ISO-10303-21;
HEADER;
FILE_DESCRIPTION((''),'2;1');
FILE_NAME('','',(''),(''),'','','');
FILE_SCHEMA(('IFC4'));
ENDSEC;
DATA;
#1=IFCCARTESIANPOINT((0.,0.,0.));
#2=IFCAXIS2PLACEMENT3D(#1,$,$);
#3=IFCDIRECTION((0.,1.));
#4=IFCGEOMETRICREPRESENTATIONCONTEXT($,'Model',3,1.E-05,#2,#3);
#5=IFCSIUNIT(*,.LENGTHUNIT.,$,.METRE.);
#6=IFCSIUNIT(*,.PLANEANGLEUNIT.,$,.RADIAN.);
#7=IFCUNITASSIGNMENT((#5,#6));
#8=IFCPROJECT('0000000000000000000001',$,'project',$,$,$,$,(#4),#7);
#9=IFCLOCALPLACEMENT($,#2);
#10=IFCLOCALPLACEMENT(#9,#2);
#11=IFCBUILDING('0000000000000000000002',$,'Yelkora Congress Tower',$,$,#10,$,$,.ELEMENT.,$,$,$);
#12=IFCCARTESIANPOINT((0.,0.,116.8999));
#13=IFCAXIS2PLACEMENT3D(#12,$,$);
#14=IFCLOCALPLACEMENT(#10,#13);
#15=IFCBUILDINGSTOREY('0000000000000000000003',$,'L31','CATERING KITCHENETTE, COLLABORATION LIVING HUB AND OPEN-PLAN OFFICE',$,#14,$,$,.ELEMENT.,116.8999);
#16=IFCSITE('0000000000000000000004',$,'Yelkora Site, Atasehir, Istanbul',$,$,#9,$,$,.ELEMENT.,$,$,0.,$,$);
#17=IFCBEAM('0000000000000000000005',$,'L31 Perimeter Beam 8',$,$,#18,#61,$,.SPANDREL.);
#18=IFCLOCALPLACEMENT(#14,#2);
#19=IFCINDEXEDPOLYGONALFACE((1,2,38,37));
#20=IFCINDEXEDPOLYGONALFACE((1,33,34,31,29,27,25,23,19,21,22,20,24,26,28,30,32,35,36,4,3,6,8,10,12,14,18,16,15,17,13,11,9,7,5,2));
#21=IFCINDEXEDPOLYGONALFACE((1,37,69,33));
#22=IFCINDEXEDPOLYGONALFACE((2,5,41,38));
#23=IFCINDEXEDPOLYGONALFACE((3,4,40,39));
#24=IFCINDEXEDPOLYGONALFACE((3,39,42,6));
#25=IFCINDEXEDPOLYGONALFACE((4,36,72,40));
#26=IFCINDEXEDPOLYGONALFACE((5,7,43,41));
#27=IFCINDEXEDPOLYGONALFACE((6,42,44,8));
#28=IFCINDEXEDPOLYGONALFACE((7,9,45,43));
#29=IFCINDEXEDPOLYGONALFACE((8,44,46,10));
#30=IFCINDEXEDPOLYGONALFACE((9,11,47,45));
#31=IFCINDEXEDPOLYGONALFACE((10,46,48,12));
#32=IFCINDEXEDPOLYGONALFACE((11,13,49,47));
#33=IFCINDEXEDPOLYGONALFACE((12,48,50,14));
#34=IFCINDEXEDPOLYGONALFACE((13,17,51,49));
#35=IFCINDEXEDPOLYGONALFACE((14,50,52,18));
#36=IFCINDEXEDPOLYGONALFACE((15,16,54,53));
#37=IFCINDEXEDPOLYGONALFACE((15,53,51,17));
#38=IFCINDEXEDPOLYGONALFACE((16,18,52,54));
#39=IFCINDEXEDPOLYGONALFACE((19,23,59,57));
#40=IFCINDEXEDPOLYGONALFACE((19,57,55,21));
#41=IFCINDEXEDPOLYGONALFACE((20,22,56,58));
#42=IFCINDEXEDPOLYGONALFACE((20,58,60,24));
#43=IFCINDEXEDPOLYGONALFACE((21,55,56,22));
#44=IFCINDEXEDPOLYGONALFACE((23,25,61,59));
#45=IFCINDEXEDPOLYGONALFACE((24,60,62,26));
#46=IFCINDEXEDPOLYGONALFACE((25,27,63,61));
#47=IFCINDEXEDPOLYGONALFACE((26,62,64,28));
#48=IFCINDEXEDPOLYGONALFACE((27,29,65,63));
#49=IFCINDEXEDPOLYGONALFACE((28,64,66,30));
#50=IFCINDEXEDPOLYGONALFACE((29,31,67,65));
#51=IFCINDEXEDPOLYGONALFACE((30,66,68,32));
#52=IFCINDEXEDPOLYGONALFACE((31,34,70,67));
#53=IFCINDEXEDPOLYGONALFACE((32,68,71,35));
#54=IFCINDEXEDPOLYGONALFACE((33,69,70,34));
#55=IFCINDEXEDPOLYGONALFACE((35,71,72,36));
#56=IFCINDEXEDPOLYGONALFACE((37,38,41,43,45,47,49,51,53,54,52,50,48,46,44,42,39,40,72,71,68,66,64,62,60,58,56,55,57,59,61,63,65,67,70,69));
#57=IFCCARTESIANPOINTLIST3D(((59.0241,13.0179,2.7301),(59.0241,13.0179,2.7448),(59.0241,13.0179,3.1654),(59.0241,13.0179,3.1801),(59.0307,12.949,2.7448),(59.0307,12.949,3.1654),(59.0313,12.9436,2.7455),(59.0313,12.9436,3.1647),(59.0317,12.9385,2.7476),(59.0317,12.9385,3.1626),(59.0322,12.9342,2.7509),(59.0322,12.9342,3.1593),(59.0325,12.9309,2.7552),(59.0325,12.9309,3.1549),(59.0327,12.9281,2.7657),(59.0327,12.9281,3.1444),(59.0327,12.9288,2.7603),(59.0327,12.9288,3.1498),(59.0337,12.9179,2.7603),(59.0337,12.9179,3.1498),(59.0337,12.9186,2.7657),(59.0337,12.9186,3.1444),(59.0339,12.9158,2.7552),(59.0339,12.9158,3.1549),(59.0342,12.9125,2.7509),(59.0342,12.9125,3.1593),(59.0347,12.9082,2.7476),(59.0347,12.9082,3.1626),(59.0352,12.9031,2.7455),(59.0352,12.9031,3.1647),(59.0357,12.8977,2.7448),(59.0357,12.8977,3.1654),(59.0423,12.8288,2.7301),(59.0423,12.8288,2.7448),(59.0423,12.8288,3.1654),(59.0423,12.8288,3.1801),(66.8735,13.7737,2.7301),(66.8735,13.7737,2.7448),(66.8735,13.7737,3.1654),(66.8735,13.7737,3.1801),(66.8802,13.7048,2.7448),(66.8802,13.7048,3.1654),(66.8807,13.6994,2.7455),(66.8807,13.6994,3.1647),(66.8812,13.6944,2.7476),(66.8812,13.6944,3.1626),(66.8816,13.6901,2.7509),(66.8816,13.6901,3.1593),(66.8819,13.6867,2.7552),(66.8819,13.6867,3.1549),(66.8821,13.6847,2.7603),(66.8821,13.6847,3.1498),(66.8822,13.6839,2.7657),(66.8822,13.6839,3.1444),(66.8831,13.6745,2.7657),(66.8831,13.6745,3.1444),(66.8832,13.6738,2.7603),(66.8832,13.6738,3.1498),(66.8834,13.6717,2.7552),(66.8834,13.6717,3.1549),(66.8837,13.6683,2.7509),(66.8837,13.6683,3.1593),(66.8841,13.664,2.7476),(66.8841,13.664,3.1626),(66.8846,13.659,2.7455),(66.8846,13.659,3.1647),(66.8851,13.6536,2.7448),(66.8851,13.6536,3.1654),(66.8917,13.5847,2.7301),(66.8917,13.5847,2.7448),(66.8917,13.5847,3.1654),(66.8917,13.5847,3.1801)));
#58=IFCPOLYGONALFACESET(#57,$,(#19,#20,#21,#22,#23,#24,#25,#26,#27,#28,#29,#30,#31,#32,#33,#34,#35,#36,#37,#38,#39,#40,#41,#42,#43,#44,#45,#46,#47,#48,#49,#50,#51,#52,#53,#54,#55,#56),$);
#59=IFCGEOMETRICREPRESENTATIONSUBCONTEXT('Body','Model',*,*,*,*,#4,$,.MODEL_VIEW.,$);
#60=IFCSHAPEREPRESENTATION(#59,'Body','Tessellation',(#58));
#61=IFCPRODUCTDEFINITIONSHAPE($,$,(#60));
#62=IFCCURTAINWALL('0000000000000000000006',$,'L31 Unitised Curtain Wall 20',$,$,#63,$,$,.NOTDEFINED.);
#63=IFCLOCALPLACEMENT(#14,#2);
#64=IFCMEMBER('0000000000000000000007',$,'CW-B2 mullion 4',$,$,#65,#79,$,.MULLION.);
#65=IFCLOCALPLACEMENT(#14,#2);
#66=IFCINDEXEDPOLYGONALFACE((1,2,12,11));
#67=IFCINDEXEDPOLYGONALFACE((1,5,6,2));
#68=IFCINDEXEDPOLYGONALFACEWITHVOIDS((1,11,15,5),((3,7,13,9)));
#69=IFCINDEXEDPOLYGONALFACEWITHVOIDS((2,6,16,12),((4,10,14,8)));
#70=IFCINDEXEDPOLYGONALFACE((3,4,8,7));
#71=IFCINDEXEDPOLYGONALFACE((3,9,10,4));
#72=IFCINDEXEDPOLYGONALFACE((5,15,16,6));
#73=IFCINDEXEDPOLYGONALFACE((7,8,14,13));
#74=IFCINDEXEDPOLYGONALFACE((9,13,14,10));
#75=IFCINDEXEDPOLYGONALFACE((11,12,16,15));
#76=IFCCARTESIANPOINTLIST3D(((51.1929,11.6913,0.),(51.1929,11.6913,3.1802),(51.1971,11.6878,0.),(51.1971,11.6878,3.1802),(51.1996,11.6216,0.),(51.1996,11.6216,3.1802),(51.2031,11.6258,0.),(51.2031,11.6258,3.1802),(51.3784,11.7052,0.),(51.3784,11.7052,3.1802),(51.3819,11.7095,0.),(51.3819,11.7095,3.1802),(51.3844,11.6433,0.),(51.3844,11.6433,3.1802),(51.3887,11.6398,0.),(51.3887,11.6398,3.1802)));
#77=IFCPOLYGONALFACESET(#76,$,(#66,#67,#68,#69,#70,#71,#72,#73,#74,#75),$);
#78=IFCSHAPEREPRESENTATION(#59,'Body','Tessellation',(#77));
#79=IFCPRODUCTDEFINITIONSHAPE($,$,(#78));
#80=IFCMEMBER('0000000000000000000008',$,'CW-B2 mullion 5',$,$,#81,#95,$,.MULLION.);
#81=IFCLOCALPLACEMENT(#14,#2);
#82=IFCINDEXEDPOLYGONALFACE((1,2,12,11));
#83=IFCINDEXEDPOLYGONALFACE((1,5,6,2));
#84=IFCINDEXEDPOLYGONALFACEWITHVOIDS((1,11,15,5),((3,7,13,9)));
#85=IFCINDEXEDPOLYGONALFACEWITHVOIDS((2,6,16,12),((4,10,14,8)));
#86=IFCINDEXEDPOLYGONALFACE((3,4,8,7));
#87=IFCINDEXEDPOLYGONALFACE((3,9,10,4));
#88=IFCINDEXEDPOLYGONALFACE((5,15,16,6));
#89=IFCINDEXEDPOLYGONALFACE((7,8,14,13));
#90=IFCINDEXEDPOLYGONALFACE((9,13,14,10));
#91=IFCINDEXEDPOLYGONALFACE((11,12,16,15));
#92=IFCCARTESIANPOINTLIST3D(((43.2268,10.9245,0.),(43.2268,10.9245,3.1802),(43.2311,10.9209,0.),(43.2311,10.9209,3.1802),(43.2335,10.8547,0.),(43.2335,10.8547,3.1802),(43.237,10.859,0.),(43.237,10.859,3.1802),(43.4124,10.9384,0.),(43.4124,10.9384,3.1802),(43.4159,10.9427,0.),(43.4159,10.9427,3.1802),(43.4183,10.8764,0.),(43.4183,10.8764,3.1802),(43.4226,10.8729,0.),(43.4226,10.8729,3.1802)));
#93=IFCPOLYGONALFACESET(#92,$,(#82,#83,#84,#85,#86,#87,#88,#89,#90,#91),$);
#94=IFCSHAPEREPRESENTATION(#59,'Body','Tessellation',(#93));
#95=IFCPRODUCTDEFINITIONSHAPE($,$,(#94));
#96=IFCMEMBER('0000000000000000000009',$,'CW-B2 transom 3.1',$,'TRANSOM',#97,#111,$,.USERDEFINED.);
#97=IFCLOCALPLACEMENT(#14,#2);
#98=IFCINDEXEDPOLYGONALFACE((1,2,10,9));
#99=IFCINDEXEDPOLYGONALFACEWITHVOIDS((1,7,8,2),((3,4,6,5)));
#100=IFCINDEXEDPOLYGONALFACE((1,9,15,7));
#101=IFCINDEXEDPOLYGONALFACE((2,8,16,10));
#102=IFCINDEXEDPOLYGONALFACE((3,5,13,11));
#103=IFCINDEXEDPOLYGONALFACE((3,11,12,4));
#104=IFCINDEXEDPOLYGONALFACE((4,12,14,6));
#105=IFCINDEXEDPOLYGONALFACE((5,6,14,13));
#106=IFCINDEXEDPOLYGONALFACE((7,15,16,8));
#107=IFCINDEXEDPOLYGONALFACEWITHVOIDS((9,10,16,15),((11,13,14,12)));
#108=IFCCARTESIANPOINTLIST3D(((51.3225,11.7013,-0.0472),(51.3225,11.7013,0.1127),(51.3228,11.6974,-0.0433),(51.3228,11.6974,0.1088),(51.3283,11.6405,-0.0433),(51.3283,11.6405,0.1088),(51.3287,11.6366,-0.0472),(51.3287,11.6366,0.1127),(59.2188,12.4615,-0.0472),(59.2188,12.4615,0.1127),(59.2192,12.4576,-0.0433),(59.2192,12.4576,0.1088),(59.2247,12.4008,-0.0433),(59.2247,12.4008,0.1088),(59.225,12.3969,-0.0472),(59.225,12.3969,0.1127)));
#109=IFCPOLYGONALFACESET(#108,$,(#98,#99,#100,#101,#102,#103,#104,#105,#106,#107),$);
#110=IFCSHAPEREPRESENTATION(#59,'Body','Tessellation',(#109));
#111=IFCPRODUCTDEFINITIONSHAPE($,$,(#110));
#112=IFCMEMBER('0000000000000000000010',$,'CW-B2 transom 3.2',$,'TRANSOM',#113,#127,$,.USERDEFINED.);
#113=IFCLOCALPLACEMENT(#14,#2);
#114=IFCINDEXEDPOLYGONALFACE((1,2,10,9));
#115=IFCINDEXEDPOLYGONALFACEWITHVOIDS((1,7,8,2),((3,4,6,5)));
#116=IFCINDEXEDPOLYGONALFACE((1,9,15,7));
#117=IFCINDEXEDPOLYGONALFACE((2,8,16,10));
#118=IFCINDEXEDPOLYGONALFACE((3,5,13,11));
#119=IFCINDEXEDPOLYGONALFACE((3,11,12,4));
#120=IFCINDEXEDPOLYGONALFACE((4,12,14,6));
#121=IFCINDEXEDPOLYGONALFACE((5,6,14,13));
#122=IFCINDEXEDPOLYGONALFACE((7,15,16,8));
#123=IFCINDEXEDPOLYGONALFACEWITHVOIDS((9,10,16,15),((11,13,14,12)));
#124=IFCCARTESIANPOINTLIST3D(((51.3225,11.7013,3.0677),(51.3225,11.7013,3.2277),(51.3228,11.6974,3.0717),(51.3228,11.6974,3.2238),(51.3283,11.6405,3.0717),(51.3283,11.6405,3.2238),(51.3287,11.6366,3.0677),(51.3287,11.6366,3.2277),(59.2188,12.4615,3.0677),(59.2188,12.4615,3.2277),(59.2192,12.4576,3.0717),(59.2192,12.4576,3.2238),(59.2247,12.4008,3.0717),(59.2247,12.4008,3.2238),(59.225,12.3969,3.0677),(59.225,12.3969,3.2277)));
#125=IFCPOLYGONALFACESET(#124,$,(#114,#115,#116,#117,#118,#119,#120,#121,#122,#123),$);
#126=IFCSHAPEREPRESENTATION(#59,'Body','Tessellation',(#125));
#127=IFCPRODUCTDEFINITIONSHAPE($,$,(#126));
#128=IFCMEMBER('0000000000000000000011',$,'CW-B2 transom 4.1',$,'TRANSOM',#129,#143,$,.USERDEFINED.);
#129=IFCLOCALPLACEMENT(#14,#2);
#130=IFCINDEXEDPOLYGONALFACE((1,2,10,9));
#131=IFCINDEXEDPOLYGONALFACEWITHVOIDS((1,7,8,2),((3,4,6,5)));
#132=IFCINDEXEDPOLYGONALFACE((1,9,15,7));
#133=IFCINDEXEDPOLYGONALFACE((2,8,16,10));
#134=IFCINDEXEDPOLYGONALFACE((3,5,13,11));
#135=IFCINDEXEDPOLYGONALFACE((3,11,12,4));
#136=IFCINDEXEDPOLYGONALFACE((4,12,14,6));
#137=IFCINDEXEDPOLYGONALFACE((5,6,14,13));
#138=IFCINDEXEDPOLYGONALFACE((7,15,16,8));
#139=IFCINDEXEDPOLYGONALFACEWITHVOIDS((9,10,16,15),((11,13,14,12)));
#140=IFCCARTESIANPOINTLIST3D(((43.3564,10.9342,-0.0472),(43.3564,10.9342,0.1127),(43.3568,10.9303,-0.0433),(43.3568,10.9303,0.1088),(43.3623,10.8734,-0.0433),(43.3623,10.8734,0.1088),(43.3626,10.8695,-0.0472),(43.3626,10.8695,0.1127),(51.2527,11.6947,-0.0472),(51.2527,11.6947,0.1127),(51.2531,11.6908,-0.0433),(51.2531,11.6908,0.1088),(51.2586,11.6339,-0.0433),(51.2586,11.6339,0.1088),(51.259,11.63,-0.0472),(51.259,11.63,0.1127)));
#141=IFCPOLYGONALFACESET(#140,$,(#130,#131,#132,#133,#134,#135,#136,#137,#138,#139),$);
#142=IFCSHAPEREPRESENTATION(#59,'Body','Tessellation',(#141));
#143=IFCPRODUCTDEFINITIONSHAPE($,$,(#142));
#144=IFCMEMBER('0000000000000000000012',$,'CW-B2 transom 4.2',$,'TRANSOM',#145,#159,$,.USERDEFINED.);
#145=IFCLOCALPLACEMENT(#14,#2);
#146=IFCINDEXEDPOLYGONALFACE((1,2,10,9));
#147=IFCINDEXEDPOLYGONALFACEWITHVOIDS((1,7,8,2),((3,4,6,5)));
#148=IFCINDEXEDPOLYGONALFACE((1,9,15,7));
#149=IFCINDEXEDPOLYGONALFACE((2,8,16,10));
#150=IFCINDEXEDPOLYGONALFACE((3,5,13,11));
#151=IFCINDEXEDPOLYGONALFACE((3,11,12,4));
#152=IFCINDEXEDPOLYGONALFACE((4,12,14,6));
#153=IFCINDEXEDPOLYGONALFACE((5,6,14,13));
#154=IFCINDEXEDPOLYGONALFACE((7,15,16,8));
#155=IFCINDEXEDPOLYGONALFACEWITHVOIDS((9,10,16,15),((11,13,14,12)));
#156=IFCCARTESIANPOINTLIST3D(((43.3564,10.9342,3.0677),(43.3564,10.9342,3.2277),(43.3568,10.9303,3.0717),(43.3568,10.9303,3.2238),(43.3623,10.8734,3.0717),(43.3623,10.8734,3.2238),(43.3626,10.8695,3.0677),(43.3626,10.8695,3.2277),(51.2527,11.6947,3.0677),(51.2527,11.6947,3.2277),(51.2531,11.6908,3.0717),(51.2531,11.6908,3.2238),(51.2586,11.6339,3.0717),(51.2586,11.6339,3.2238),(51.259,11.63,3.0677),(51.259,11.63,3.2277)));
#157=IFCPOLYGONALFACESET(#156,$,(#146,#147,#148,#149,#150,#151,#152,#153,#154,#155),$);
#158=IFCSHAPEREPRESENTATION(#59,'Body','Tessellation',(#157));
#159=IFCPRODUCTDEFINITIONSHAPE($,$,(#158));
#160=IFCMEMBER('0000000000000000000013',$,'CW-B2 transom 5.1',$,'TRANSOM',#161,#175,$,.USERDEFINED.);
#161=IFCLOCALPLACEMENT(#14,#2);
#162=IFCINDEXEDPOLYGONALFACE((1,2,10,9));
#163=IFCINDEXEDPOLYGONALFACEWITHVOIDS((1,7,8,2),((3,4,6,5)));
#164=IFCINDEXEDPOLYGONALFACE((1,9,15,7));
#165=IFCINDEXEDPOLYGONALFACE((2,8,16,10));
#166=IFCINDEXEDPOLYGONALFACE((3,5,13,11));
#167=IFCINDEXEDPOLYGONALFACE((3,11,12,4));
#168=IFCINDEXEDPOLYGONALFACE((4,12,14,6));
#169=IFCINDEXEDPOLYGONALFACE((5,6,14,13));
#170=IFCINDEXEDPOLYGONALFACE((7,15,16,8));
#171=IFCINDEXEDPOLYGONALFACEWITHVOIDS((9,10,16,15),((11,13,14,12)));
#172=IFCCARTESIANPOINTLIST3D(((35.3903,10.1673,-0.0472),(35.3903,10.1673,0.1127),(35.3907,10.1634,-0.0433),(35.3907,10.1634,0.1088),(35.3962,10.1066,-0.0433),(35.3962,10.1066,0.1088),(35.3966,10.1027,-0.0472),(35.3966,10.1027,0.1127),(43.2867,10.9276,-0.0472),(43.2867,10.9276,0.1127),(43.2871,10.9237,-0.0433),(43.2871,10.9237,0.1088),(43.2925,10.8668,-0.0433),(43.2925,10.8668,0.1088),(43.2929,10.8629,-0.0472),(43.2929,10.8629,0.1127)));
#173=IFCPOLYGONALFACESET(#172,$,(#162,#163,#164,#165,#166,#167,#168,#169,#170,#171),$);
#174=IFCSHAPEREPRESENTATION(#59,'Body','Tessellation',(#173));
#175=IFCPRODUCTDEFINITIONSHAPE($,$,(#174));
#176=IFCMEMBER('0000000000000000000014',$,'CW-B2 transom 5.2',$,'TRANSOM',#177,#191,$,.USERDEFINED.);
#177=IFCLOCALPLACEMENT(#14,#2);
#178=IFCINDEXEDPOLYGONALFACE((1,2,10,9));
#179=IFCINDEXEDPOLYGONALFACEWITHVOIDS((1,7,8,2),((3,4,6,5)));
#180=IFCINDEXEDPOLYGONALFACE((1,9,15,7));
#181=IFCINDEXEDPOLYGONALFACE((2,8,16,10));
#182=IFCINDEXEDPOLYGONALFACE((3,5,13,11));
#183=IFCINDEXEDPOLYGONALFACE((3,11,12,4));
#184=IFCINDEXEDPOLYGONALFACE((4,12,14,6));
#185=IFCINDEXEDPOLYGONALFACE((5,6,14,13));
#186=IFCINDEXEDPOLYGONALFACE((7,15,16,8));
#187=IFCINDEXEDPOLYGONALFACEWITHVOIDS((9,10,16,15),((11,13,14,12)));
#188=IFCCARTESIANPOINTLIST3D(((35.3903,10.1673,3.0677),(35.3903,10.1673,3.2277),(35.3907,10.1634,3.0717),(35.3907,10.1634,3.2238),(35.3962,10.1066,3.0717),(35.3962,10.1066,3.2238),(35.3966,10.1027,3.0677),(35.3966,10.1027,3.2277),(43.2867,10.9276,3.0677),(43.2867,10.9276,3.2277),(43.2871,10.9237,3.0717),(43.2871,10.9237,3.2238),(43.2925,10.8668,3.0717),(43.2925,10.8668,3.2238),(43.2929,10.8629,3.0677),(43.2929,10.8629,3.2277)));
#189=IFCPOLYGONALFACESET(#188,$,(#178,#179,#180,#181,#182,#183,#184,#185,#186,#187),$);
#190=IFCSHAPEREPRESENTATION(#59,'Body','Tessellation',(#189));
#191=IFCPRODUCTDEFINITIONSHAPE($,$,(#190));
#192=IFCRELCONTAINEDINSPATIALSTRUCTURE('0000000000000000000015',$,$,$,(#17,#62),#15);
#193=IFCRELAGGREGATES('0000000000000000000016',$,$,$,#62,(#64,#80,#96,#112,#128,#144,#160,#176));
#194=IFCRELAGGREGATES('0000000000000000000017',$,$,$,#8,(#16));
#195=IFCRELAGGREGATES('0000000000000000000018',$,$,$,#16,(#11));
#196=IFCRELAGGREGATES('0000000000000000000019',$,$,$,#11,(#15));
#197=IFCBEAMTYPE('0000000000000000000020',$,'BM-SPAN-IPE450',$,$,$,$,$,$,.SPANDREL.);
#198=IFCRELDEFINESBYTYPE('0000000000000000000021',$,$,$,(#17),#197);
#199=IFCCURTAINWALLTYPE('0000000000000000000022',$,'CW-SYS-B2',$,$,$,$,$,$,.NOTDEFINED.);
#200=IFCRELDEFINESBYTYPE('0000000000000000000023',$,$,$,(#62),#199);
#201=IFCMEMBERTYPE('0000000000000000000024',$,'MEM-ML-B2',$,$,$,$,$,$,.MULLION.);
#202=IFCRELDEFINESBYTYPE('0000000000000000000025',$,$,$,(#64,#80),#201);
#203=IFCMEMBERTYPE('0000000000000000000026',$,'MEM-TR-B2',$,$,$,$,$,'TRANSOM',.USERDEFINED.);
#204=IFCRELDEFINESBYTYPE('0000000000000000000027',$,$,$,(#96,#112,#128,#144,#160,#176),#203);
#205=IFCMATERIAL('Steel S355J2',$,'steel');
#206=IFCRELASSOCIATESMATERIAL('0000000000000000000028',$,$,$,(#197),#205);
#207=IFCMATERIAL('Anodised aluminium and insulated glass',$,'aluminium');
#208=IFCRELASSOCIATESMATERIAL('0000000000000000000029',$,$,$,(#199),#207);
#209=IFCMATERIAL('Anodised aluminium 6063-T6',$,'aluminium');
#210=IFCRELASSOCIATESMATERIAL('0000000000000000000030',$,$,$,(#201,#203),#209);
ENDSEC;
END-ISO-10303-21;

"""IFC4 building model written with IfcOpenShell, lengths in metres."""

from ifc_helpers import new_model, si_unit, direction, frame, origin, origin_2d, place, context, subcontext, project, spatial, hollow_rectangle, i_section, extrude, material, material_profile, profile_set, type_object, element, aggregate, save


model = new_model("IFC4")

# Units and contexts
model_context = context("Model", 3, precision=1e-05, world=origin(), true_north=direction((0.0, 1.0)))
body_context = subcontext(model_context, "Body", "Model", "MODEL_VIEW")
ifc_project = project(units=[si_unit("LENGTHUNIT", "METRE"), si_unit("PLANEANGLEUNIT", "RADIAN")], contexts=[model_context])

# Site, building, storey
site_placement = place(None, origin())
site = spatial("IfcSite", under=ifc_project, at=site_placement, Name="Yelkora Site, Atasehir, Istanbul", CompositionType="ELEMENT", RefElevation=0.0)
building_placement = place(site_placement, origin())
building = spatial("IfcBuilding", under=site, at=building_placement, Name="Yelkora Congress Tower", CompositionType="ELEMENT")
storey_placement = place(building_placement, frame((0.0, 0.0, 116.8999)))
storey = spatial("IfcBuildingStorey", under=building, at=storey_placement, Name="L31", Description="CATERING KITCHENETTE, COLLABORATION LIVING HUB AND OPEN-PLAN OFFICE", CompositionType="ELEMENT", Elevation=116.8999)

# Beam
ifc_material_1 = material(Name="Steel S355J2", Category="steel")
ifc_material_profile_1 = material_profile(ifc_material_1, i_section(OverallWidth=0.1899, OverallDepth=0.45, WebThickness=0.0095, FlangeThickness=0.0146, FilletRadius=0.021, at=origin_2d()), Name="IPE 450")
ifc_profile_set_1 = profile_set([ifc_material_profile_1], Name="Steel S355J2")
beam_type_1 = type_object("IfcBeamType", Name="BM-SPAN-IPE450", PredefinedType="SPANDREL", material=ifc_profile_set_1)
beam_1_placement = place(storey_placement, frame((59.0332, 12.9233, 2.9551), z_axis=(0.995396, 0.095852, 0.0), x_axis=(-0.095852, 0.995396, 0.0)))
element("IfcBeam", 1, at=beam_1_placement, inside=storey, type_object=beam_type_1, Name="L31 Perimeter Beam 8", PredefinedType="SPANDREL", context=body_context, shape_type="SweptSolid", body=[
    extrude(i_section(OverallWidth=0.1899, OverallDepth=0.45, WebThickness=0.0095, FlangeThickness=0.0146, FilletRadius=0.021, at=origin_2d()), origin(), (0.0, 0.0, 1.0), 7.8857),
])

# Curtain wall, members
ifc_material_2 = material(Name="Anodised aluminium and insulated glass", Category="aluminium")
curtain_wall_type = type_object("IfcCurtainWallType", Name="CW-SYS-B2", PredefinedType="NOTDEFINED", material=ifc_material_2)
curtain_wall_placement = place(storey_placement, origin())
curtain_wall = element("IfcCurtainWall", 2, at=curtain_wall_placement, inside=storey, type_object=curtain_wall_type, Name="L31 Unitised Curtain Wall 20", PredefinedType="NOTDEFINED")
ifc_material_3 = material(Name="Anodised aluminium 6063-T6", Category="aluminium")
ifc_material_profile_2 = material_profile(ifc_material_3, hollow_rectangle(XDim=0.0701, YDim=0.1899, WallThickness=0.0039, at=origin_2d()), Name="ALU 70x190x4")
ifc_profile_set_2 = profile_set([ifc_material_profile_2], Name="Anodised aluminium 6063-T6")
member_type_1 = type_object("IfcMemberType", Name="MEM-ML-B2", PredefinedType="MULLION", material=ifc_profile_set_2)
member_1_placement = place(storey_placement, frame((51.2908, 11.6655, 0.0), z_axis=(0.0, 0.0, 1.0), x_axis=(0.095844, -0.995396, 0.0)))
member_1 = element("IfcMember", 3, at=member_1_placement, type_object=member_type_1, Name="CW-B2 mullion 4", PredefinedType="MULLION", context=body_context, shape_type="SweptSolid", body=[
    extrude(hollow_rectangle(XDim=0.0701, YDim=0.1899, WallThickness=0.0039, at=origin_2d()), origin(), (0.0, 0.0, 1.0), 3.1802),
])
member_2_placement = place(storey_placement, frame((43.3247, 10.8987, 0.0), z_axis=(0.0, 0.0, 1.0), x_axis=(0.095844, -0.995396, 0.0)))
member_2 = element("IfcMember", 4, at=member_2_placement, type_object=member_type_1, Name="CW-B2 mullion 5", PredefinedType="MULLION", context=body_context, shape_type="SweptSolid", body=[
    extrude(hollow_rectangle(XDim=0.0701, YDim=0.1899, WallThickness=0.0039, at=origin_2d()), origin(), (0.0, 0.0, 1.0), 3.1802),
])
ifc_material_profile_3 = material_profile(ifc_material_3, hollow_rectangle(XDim=0.0649, YDim=0.1599, WallThickness=0.0039, at=origin_2d()), Name="ALU 65x160x4")
ifc_profile_set_3 = profile_set([ifc_material_profile_3], Name="Anodised aluminium 6063-T6")
member_type_2 = type_object("IfcMemberType", Name="MEM-TR-B2", ElementType="TRANSOM", PredefinedType="USERDEFINED", material=ifc_profile_set_3)
member_3_placement = place(storey_placement, frame((59.2219, 12.4292, 0.0327), z_axis=(-0.995397, -0.095837, 0.0), x_axis=(0.095837, -0.995397, 0.0)))
member_3 = element("IfcMember", 5, at=member_3_placement, type_object=member_type_2, Name="CW-B2 transom 3.1", ObjectType="TRANSOM", PredefinedType="USERDEFINED", context=body_context, shape_type="SweptSolid", body=[
    extrude(hollow_rectangle(XDim=0.0649, YDim=0.1599, WallThickness=0.0039, at=origin_2d()), origin(), (0.0, 0.0, 1.0), 7.9329),
])
member_4_placement = place(storey_placement, frame((59.2219, 12.4292, 3.1477), z_axis=(-0.995397, -0.095837, 0.0), x_axis=(0.095837, -0.995397, 0.0)))
member_4 = element("IfcMember", 6, at=member_4_placement, type_object=member_type_2, Name="CW-B2 transom 3.2", ObjectType="TRANSOM", PredefinedType="USERDEFINED", context=body_context, shape_type="SweptSolid", body=[
    extrude(hollow_rectangle(XDim=0.0649, YDim=0.1599, WallThickness=0.0039, at=origin_2d()), origin(), (0.0, 0.0, 1.0), 7.9329),
])
member_5_placement = place(storey_placement, frame((51.2559, 11.6624, 0.0327), z_axis=(-0.995394, -0.095868, 0.0), x_axis=(0.095868, -0.995394, 0.0)))
member_5 = element("IfcMember", 7, at=member_5_placement, type_object=member_type_2, Name="CW-B2 transom 4.1", ObjectType="TRANSOM", PredefinedType="USERDEFINED", context=body_context, shape_type="SweptSolid", body=[
    extrude(hollow_rectangle(XDim=0.0649, YDim=0.1599, WallThickness=0.0039, at=origin_2d()), origin(), (0.0, 0.0, 1.0), 7.9329),
])
member_6_placement = place(storey_placement, frame((51.2559, 11.6624, 3.1477), z_axis=(-0.995394, -0.095868, 0.0), x_axis=(0.095868, -0.995394, 0.0)))
member_6 = element("IfcMember", 8, at=member_6_placement, type_object=member_type_2, Name="CW-B2 transom 4.2", ObjectType="TRANSOM", PredefinedType="USERDEFINED", context=body_context, shape_type="SweptSolid", body=[
    extrude(hollow_rectangle(XDim=0.0649, YDim=0.1599, WallThickness=0.0039, at=origin_2d()), origin(), (0.0, 0.0, 1.0), 7.9329),
])
member_7_placement = place(storey_placement, frame((43.2898, 10.8953, 0.0327), z_axis=(-0.995397, -0.095837, 0.0), x_axis=(0.095837, -0.995397, 0.0)))
member_7 = element("IfcMember", 9, at=member_7_placement, type_object=member_type_2, Name="CW-B2 transom 5.1", ObjectType="TRANSOM", PredefinedType="USERDEFINED", context=body_context, shape_type="SweptSolid", body=[
    extrude(hollow_rectangle(XDim=0.0649, YDim=0.1599, WallThickness=0.0039, at=origin_2d()), origin(), (0.0, 0.0, 1.0), 7.9329),
])
member_8_placement = place(storey_placement, frame((43.2898, 10.8953, 3.1477), z_axis=(-0.995397, -0.095837, 0.0), x_axis=(0.095837, -0.995397, 0.0)))
member_8 = element("IfcMember", 10, at=member_8_placement, type_object=member_type_2, Name="CW-B2 transom 5.2", ObjectType="TRANSOM", PredefinedType="USERDEFINED", context=body_context, shape_type="SweptSolid", body=[
    extrude(hollow_rectangle(XDim=0.0649, YDim=0.1599, WallThickness=0.0039, at=origin_2d()), origin(), (0.0, 0.0, 1.0), 7.9329),
])
aggregate(curtain_wall, [member_1, member_2, member_3, member_4, member_5, member_6, member_7, member_8])

save(model, "model.ifc")
